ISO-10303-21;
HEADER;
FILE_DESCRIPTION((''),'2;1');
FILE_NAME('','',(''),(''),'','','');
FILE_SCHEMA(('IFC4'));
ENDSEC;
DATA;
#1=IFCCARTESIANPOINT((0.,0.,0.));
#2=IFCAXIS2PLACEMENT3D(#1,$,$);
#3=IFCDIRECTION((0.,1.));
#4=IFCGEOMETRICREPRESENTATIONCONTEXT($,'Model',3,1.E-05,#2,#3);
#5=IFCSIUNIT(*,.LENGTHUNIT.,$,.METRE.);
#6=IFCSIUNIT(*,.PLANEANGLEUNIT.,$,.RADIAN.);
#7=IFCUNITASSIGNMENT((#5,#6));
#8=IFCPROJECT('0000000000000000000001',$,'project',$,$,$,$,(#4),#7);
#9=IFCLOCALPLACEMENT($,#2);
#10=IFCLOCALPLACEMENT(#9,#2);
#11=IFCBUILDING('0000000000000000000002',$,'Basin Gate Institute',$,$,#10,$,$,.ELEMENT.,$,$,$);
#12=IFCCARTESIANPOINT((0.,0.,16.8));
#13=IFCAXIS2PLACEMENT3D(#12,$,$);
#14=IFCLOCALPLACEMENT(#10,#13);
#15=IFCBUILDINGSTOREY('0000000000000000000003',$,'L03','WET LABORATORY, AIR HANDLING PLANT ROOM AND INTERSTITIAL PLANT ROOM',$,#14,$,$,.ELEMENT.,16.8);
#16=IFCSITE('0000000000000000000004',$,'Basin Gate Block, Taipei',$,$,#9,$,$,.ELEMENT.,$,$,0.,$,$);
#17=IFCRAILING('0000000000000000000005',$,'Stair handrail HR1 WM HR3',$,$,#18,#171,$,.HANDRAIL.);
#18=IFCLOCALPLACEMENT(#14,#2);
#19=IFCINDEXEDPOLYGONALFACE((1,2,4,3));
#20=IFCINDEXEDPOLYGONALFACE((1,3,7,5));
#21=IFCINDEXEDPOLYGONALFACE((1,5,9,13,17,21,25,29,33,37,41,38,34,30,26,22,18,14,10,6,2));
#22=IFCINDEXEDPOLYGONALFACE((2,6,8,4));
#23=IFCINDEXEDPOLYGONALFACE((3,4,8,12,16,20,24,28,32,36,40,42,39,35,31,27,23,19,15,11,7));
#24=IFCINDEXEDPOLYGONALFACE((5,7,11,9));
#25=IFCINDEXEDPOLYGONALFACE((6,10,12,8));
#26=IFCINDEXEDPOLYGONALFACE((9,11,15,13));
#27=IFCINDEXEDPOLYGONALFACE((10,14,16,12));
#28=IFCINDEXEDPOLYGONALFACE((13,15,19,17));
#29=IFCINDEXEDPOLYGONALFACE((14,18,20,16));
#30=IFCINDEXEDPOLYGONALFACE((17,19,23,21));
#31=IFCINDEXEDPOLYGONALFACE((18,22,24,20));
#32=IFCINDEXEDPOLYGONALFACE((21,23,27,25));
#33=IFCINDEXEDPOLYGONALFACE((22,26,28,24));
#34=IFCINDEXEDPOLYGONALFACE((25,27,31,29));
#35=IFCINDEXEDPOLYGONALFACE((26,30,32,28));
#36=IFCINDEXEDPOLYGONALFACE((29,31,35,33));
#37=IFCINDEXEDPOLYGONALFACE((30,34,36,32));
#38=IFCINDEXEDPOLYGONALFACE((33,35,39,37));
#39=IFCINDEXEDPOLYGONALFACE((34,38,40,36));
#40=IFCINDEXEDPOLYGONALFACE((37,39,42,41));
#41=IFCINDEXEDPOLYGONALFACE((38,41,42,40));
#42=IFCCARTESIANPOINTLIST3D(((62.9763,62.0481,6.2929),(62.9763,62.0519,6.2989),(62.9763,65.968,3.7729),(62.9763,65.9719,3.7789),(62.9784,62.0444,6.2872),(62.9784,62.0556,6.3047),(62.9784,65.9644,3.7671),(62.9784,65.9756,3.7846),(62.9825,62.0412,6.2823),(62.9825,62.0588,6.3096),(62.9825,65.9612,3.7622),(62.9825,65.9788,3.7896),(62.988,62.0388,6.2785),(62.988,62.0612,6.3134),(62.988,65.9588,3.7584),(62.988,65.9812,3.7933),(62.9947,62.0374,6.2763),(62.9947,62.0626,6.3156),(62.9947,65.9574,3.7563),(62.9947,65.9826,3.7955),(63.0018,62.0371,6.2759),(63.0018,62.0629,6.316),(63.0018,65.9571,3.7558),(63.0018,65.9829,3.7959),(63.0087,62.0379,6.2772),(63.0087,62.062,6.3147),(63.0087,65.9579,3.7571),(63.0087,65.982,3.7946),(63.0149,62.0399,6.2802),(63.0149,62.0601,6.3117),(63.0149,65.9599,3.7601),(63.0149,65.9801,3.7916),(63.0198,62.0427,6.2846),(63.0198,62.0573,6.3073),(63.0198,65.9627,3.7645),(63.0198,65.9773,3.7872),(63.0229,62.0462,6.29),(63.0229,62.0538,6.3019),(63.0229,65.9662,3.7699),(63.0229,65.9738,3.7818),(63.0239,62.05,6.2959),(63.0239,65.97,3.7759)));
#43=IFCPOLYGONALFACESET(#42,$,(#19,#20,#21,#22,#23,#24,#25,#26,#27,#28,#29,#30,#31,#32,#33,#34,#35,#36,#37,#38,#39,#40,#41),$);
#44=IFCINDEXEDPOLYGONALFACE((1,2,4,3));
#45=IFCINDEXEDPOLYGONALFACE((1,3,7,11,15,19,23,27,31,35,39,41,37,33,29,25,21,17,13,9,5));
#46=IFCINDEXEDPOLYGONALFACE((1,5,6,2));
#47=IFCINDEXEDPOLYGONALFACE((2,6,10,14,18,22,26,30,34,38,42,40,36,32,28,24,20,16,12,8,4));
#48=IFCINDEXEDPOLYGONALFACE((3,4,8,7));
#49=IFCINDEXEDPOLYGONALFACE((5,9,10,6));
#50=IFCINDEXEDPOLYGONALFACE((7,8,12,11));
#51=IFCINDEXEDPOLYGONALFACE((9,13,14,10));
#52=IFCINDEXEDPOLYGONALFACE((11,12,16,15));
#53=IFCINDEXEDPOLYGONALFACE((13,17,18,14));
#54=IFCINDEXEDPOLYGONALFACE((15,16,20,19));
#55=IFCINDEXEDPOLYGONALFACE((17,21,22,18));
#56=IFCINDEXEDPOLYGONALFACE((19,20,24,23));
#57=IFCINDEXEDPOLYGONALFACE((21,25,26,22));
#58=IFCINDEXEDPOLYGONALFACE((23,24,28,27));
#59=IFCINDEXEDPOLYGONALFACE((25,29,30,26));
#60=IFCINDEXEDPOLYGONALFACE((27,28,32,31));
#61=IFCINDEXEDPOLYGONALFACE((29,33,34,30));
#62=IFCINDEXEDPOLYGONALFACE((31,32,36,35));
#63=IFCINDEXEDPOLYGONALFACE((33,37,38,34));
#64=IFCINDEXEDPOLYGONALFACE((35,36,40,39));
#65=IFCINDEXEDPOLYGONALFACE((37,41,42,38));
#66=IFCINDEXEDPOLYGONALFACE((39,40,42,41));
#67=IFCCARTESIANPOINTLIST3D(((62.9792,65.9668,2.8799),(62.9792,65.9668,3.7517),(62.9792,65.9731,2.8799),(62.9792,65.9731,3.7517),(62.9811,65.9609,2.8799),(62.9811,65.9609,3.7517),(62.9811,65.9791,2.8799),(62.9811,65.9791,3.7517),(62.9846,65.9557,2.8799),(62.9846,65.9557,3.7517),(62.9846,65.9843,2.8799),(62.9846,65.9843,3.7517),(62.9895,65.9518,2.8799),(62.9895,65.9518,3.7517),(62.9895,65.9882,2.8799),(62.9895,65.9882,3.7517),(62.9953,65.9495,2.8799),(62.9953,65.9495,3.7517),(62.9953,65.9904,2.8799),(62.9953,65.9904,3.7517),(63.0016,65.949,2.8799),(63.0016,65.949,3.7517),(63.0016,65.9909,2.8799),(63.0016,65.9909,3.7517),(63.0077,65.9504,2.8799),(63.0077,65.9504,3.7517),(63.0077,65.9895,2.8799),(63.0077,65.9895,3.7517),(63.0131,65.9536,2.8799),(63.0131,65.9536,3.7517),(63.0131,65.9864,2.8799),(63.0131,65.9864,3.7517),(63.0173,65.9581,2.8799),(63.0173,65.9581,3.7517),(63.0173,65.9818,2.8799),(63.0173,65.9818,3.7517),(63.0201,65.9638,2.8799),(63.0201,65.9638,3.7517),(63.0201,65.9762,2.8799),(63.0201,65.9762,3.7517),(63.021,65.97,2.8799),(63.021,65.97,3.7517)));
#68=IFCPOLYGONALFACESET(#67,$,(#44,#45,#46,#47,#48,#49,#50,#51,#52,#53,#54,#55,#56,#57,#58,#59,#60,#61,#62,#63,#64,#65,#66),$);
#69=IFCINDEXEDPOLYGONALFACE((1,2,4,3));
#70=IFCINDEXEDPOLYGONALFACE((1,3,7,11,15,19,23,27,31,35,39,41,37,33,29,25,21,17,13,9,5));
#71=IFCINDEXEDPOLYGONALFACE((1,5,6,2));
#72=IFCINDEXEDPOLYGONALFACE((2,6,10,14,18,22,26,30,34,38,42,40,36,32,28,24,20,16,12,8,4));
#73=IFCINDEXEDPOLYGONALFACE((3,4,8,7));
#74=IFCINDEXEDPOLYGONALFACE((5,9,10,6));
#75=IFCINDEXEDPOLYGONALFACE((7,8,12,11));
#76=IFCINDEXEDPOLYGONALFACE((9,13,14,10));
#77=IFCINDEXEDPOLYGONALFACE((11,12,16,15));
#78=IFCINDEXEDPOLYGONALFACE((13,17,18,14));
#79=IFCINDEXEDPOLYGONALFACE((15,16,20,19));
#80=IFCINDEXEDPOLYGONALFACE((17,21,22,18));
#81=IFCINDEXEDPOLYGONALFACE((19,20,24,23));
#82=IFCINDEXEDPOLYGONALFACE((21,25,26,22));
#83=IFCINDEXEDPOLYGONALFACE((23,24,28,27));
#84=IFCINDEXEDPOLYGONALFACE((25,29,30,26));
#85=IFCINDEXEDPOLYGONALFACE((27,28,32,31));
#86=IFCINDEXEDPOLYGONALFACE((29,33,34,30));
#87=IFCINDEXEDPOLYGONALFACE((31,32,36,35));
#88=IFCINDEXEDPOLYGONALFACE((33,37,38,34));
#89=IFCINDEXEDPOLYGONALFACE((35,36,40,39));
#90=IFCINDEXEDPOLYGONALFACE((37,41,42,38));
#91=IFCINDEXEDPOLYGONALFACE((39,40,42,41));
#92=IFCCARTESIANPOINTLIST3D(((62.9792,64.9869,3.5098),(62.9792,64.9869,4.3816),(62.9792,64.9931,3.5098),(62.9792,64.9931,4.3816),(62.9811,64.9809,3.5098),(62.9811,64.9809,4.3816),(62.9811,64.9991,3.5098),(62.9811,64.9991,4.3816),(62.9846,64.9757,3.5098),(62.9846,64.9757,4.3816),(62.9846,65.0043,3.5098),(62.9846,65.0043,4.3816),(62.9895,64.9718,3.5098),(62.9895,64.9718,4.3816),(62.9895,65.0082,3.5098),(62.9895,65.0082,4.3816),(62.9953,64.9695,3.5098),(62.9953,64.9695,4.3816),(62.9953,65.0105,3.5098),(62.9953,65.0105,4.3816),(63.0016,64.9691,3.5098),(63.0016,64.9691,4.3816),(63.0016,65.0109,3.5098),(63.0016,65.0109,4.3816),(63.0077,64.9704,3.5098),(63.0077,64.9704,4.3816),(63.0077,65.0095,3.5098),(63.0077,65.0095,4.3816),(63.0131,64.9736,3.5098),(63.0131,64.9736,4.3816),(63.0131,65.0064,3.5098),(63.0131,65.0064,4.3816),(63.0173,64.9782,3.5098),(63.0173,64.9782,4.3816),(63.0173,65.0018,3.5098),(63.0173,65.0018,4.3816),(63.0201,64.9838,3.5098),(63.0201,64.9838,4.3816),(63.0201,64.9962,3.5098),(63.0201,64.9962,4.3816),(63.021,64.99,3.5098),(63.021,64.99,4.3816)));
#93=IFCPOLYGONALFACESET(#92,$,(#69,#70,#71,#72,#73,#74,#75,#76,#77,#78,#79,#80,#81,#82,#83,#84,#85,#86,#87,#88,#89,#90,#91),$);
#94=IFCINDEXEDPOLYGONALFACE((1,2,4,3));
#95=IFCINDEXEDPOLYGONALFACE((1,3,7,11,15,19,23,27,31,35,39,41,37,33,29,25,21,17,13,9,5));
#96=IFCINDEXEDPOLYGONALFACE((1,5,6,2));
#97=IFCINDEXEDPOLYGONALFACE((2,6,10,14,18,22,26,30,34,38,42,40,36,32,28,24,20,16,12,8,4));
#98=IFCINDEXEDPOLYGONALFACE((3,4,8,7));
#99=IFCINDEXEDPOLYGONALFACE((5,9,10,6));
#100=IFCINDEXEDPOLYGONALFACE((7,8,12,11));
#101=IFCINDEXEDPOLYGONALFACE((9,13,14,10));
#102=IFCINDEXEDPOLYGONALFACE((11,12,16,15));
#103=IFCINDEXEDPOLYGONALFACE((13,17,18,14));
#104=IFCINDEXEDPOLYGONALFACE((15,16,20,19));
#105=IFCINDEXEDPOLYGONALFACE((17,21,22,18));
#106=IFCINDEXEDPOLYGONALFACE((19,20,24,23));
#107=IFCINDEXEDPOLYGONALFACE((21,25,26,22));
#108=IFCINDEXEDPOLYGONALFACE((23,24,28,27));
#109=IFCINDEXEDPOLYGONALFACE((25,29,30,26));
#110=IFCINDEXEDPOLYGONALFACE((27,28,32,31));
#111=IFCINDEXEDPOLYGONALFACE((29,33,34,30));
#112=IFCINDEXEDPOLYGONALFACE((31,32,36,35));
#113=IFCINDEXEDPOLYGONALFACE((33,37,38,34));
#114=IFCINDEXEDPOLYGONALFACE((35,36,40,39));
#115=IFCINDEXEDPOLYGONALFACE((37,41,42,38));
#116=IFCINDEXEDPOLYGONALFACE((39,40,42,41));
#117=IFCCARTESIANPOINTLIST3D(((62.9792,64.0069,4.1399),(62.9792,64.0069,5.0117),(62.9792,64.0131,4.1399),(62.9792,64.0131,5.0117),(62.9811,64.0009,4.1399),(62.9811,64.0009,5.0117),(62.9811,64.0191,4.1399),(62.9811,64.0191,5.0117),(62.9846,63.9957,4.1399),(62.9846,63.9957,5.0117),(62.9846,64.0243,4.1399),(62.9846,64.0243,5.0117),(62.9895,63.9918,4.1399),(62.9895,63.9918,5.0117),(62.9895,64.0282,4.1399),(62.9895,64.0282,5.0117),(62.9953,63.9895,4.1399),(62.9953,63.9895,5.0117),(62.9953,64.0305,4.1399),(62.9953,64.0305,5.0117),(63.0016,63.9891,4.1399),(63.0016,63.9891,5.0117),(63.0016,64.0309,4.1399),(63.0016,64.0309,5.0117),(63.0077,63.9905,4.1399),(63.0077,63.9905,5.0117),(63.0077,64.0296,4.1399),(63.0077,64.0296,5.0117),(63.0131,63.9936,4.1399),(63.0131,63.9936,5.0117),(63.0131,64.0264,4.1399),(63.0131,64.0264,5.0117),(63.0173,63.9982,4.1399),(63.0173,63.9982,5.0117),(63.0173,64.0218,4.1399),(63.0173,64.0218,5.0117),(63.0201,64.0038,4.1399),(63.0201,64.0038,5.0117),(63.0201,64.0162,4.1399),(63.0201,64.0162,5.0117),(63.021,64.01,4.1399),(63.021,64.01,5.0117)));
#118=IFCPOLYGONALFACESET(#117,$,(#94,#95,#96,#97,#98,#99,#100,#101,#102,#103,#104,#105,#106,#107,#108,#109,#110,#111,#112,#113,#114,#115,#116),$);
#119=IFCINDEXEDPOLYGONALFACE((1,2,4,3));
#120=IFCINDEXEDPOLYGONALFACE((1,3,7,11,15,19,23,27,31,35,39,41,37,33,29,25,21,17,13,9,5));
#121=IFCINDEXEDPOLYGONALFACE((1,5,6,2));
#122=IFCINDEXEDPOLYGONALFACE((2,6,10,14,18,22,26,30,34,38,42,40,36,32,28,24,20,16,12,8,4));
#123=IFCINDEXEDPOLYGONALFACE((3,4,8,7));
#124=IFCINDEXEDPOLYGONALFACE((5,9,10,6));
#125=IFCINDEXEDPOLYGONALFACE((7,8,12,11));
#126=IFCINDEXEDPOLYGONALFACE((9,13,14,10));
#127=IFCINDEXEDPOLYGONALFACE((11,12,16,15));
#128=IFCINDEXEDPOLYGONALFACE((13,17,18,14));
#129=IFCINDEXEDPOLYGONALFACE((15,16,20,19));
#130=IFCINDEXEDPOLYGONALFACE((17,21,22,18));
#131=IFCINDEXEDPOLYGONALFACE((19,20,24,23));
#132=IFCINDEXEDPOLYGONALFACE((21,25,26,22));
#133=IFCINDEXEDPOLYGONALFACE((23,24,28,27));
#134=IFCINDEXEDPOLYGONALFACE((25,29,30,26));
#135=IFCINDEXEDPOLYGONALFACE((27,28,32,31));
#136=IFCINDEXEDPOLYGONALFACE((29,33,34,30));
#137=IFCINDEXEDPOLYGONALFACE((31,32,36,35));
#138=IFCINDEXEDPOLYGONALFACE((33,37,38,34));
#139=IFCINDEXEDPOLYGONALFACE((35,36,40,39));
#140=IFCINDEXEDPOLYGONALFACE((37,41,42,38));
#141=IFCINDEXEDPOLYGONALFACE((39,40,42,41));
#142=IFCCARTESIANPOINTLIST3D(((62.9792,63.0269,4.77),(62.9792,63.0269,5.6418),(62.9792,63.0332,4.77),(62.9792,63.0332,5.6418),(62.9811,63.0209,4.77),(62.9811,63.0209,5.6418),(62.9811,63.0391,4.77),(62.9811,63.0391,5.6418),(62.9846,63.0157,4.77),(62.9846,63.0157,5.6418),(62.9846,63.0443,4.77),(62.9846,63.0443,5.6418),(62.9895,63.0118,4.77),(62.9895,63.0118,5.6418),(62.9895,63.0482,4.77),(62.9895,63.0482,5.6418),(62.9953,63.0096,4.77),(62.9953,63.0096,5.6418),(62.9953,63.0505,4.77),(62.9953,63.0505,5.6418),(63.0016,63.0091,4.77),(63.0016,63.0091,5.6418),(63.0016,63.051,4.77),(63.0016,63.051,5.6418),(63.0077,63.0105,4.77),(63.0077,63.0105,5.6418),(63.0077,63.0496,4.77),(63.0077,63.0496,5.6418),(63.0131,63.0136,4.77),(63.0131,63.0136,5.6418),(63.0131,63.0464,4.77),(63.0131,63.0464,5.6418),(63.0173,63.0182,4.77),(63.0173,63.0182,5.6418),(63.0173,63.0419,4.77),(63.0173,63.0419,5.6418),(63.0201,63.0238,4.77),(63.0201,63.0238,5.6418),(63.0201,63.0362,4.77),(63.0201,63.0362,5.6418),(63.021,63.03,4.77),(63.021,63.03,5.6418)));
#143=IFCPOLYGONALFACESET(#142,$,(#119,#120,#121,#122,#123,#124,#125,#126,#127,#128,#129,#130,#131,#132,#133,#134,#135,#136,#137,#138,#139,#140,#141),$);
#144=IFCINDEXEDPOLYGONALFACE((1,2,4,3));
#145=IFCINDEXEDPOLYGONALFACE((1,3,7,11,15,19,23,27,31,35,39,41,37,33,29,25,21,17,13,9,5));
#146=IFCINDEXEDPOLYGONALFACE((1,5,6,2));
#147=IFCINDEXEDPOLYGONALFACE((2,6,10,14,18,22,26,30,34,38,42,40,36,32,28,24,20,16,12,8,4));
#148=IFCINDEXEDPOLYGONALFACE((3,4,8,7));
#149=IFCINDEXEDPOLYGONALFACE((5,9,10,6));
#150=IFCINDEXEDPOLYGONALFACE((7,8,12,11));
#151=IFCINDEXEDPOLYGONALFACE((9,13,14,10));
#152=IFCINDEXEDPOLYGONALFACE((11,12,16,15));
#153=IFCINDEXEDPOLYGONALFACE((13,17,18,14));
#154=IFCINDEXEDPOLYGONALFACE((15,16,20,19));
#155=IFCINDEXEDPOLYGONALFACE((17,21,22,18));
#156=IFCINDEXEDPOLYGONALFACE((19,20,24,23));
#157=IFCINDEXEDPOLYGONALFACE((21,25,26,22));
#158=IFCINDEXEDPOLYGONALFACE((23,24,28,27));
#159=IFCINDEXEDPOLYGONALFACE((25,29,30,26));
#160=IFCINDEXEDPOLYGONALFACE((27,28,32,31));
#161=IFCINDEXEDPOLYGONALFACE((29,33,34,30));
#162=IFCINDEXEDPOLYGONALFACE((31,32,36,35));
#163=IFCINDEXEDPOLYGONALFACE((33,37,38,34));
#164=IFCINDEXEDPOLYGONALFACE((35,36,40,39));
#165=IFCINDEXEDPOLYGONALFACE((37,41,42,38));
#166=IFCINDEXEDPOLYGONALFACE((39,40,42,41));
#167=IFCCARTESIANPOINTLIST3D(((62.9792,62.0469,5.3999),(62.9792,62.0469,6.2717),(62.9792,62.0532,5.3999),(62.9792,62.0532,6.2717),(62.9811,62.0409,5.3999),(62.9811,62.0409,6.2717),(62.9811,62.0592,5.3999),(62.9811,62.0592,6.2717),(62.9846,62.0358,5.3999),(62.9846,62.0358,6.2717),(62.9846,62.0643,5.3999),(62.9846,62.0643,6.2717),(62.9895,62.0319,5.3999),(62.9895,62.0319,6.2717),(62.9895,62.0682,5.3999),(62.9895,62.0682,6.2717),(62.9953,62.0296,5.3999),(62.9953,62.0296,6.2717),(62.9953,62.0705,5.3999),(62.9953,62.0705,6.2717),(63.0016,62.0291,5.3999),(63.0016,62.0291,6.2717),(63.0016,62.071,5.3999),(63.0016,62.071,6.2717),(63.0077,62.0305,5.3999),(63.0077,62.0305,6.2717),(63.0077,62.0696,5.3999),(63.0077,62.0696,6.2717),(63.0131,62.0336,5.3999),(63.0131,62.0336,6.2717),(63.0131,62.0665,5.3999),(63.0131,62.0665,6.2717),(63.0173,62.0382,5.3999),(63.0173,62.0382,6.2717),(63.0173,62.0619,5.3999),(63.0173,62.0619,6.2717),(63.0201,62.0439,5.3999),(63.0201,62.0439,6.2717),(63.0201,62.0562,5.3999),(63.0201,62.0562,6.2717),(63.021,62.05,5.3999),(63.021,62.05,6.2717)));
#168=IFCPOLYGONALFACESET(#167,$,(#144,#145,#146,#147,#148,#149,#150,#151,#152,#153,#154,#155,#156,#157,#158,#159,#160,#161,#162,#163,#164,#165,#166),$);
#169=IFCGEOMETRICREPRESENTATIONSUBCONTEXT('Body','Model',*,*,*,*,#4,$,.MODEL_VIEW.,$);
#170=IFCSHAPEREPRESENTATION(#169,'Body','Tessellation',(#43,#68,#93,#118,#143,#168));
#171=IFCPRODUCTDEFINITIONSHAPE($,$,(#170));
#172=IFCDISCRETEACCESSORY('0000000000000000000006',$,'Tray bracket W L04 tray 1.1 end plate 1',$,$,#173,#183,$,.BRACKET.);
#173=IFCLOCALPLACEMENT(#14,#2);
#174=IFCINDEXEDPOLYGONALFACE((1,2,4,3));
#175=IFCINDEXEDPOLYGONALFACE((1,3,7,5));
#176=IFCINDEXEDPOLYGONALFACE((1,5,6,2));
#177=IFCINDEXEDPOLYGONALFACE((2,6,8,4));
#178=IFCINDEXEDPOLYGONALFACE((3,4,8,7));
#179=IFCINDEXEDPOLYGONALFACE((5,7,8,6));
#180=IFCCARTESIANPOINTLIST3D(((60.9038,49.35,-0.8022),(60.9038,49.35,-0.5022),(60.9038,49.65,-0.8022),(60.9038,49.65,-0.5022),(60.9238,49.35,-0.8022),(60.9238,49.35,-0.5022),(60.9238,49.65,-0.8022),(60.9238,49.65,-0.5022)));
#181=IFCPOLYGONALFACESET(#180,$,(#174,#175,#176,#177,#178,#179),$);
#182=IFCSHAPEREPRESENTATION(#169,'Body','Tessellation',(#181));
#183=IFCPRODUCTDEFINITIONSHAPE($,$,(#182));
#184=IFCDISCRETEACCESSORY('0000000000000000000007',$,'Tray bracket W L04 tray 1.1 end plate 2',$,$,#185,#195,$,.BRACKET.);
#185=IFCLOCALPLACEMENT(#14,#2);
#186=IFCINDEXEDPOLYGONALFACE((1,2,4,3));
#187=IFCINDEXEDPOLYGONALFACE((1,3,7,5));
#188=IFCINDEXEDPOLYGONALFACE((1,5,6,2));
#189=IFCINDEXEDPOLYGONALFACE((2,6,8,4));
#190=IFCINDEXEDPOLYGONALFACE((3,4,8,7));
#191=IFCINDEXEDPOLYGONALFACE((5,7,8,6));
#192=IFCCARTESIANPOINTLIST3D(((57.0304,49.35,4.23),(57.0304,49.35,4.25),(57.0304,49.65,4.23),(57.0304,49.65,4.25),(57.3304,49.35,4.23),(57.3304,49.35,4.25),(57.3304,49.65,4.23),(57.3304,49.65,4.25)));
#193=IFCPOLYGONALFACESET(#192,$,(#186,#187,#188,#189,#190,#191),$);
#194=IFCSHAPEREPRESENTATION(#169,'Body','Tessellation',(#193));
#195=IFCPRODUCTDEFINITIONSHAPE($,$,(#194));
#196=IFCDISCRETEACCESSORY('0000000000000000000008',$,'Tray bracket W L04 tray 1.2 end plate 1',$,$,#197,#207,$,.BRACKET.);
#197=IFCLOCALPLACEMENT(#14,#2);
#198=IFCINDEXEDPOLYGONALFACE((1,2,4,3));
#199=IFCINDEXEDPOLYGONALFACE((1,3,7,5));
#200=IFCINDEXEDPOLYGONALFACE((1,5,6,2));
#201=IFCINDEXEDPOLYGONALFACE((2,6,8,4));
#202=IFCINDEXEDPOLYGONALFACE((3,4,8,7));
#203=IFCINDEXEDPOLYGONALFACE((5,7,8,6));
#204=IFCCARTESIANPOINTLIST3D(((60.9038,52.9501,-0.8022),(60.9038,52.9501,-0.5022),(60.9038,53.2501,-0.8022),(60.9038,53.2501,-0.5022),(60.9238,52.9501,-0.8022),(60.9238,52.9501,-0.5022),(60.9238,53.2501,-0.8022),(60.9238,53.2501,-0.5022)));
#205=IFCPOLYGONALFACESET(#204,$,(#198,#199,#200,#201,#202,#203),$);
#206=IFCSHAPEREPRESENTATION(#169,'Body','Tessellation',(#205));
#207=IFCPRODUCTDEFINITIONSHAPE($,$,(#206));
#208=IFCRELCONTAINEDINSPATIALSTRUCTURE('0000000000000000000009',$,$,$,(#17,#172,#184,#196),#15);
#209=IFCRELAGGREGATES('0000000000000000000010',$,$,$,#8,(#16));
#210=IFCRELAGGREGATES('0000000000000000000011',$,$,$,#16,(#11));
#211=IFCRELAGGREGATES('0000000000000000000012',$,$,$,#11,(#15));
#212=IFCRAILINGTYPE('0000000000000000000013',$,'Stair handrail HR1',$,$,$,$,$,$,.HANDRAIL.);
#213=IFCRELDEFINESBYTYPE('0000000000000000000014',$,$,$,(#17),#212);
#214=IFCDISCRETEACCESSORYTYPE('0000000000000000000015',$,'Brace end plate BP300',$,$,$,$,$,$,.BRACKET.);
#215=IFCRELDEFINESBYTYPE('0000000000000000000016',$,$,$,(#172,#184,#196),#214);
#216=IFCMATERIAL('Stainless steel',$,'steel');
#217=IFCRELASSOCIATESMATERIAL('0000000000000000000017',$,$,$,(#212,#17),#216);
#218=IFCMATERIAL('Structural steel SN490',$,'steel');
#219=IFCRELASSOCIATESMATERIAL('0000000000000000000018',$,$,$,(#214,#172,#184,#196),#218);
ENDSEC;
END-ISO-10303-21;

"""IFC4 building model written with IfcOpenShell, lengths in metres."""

from ifc_helpers import new_model, si_unit, direction, frame, origin, origin_2d, place, context, subcontext, project, spatial, rectangle, circle, extrude, material, type_object, element, save


model = new_model("IFC4")

# Units and contexts
model_context = context("Model", 3, precision=1e-05, world=origin(), true_north=direction((0.0, 1.0)))
body_context = subcontext(model_context, "Body", "Model", "MODEL_VIEW")
ifc_project = project(units=[si_unit("LENGTHUNIT", "METRE"), si_unit("PLANEANGLEUNIT", "RADIAN")], contexts=[model_context])

# Site, building, storey
site_placement = place(None, origin())
site = spatial("IfcSite", under=ifc_project, at=site_placement, Name="Basin Gate Block, Taipei", CompositionType="ELEMENT", RefElevation=0.0)
building_placement = place(site_placement, origin())
building = spatial("IfcBuilding", under=site, at=building_placement, Name="Basin Gate Institute", CompositionType="ELEMENT")
storey_placement = place(building_placement, frame((0.0, 0.0, 16.8)))
storey = spatial("IfcBuildingStorey", under=building, at=storey_placement, Name="L03", Description="WET LABORATORY, AIR HANDLING PLANT ROOM AND INTERSTITIAL PLANT ROOM", CompositionType="ELEMENT", Elevation=16.8)

# Railing
ifc_material_1 = material(Name="Stainless steel", Category="steel")
railing_type_1 = type_object("IfcRailingType", Name="Stair handrail HR1", PredefinedType="HANDRAIL", material=ifc_material_1)
railing_1_placement = place(storey_placement, frame((63.0, 65.97, 2.8799)))
element("IfcRailing", 1, at=railing_1_placement, inside=storey, type_object=railing_type_1, material=ifc_material_1, Name="Stair handrail HR1 WM HR3", PredefinedType="HANDRAIL", context=body_context, shape_type="SweptSolid", body=[
    extrude(circle(Radius=0.0239, at=origin_2d()), frame((0.0, 0.0, 0.896), z_axis=(0.0, -0.841172, 0.540768), x_axis=(1.0, 0.0, 0.0)), (0.0, 0.0, 1.0), 4.6602),
    extrude(circle(Radius=0.021, at=origin_2d()), origin(), (0.0, 0.0, 1.0), 0.8718),
    extrude(circle(Radius=0.021, at=origin_2d()), frame((0.0, -0.98, 0.6299)), (0.0, 0.0, 1.0), 0.8718),
    extrude(circle(Radius=0.021, at=origin_2d()), frame((0.0, -1.96, 1.26)), (0.0, 0.0, 1.0), 0.8718),
    extrude(circle(Radius=0.021, at=origin_2d()), frame((0.0, -2.9399, 1.8901)), (0.0, 0.0, 1.0), 0.8718),
    extrude(circle(Radius=0.021, at=origin_2d()), frame((0.0, -3.9199, 2.52)), (0.0, 0.0, 1.0), 0.8718),
])

# Discrete accessories
ifc_material_2 = material(Name="Structural steel SN490", Category="steel")
discrete_accessory_type = type_object("IfcDiscreteAccessoryType", Name="Brace end plate BP300", PredefinedType="BRACKET", material=ifc_material_2)
discrete_accessory_1_placement = place(storey_placement, frame((60.9138, 49.5, -0.8022), z_axis=(0.0, 0.0, 1.0), x_axis=(1.0, 0.0, 0.0)))
element("IfcDiscreteAccessory", 2, at=discrete_accessory_1_placement, inside=storey, type_object=discrete_accessory_type, material=ifc_material_2, Name="Tray bracket W L04 tray 1.1 end plate 1", PredefinedType="BRACKET", context=body_context, shape_type="SweptSolid", body=[
    extrude(rectangle(XDim=0.02, YDim=0.3, at=origin_2d()), origin(), (0.0, 0.0, 1.0), 0.3),
])
discrete_accessory_2_placement = place(storey_placement, frame((57.1804, 49.5, 4.23), z_axis=(0.0, 0.0, 1.0), x_axis=(1.0, 0.0, 0.0)))
element("IfcDiscreteAccessory", 3, at=discrete_accessory_2_placement, inside=storey, type_object=discrete_accessory_type, material=ifc_material_2, Name="Tray bracket W L04 tray 1.1 end plate 2", PredefinedType="BRACKET", context=body_context, shape_type="SweptSolid", body=[
    extrude(rectangle(XDim=0.3, YDim=0.3, at=origin_2d()), origin(), (0.0, 0.0, 1.0), 0.02),
])
discrete_accessory_3_placement = place(storey_placement, frame((60.9138, 53.1001, -0.8022), z_axis=(0.0, 0.0, 1.0), x_axis=(1.0, 0.0, 0.0)))
element("IfcDiscreteAccessory", 4, at=discrete_accessory_3_placement, inside=storey, type_object=discrete_accessory_type, material=ifc_material_2, Name="Tray bracket W L04 tray 1.2 end plate 1", PredefinedType="BRACKET", context=body_context, shape_type="SweptSolid", body=[
    extrude(rectangle(XDim=0.02, YDim=0.3, at=origin_2d()), origin(), (0.0, 0.0, 1.0), 0.3),
])

save(model, "model.ifc")
